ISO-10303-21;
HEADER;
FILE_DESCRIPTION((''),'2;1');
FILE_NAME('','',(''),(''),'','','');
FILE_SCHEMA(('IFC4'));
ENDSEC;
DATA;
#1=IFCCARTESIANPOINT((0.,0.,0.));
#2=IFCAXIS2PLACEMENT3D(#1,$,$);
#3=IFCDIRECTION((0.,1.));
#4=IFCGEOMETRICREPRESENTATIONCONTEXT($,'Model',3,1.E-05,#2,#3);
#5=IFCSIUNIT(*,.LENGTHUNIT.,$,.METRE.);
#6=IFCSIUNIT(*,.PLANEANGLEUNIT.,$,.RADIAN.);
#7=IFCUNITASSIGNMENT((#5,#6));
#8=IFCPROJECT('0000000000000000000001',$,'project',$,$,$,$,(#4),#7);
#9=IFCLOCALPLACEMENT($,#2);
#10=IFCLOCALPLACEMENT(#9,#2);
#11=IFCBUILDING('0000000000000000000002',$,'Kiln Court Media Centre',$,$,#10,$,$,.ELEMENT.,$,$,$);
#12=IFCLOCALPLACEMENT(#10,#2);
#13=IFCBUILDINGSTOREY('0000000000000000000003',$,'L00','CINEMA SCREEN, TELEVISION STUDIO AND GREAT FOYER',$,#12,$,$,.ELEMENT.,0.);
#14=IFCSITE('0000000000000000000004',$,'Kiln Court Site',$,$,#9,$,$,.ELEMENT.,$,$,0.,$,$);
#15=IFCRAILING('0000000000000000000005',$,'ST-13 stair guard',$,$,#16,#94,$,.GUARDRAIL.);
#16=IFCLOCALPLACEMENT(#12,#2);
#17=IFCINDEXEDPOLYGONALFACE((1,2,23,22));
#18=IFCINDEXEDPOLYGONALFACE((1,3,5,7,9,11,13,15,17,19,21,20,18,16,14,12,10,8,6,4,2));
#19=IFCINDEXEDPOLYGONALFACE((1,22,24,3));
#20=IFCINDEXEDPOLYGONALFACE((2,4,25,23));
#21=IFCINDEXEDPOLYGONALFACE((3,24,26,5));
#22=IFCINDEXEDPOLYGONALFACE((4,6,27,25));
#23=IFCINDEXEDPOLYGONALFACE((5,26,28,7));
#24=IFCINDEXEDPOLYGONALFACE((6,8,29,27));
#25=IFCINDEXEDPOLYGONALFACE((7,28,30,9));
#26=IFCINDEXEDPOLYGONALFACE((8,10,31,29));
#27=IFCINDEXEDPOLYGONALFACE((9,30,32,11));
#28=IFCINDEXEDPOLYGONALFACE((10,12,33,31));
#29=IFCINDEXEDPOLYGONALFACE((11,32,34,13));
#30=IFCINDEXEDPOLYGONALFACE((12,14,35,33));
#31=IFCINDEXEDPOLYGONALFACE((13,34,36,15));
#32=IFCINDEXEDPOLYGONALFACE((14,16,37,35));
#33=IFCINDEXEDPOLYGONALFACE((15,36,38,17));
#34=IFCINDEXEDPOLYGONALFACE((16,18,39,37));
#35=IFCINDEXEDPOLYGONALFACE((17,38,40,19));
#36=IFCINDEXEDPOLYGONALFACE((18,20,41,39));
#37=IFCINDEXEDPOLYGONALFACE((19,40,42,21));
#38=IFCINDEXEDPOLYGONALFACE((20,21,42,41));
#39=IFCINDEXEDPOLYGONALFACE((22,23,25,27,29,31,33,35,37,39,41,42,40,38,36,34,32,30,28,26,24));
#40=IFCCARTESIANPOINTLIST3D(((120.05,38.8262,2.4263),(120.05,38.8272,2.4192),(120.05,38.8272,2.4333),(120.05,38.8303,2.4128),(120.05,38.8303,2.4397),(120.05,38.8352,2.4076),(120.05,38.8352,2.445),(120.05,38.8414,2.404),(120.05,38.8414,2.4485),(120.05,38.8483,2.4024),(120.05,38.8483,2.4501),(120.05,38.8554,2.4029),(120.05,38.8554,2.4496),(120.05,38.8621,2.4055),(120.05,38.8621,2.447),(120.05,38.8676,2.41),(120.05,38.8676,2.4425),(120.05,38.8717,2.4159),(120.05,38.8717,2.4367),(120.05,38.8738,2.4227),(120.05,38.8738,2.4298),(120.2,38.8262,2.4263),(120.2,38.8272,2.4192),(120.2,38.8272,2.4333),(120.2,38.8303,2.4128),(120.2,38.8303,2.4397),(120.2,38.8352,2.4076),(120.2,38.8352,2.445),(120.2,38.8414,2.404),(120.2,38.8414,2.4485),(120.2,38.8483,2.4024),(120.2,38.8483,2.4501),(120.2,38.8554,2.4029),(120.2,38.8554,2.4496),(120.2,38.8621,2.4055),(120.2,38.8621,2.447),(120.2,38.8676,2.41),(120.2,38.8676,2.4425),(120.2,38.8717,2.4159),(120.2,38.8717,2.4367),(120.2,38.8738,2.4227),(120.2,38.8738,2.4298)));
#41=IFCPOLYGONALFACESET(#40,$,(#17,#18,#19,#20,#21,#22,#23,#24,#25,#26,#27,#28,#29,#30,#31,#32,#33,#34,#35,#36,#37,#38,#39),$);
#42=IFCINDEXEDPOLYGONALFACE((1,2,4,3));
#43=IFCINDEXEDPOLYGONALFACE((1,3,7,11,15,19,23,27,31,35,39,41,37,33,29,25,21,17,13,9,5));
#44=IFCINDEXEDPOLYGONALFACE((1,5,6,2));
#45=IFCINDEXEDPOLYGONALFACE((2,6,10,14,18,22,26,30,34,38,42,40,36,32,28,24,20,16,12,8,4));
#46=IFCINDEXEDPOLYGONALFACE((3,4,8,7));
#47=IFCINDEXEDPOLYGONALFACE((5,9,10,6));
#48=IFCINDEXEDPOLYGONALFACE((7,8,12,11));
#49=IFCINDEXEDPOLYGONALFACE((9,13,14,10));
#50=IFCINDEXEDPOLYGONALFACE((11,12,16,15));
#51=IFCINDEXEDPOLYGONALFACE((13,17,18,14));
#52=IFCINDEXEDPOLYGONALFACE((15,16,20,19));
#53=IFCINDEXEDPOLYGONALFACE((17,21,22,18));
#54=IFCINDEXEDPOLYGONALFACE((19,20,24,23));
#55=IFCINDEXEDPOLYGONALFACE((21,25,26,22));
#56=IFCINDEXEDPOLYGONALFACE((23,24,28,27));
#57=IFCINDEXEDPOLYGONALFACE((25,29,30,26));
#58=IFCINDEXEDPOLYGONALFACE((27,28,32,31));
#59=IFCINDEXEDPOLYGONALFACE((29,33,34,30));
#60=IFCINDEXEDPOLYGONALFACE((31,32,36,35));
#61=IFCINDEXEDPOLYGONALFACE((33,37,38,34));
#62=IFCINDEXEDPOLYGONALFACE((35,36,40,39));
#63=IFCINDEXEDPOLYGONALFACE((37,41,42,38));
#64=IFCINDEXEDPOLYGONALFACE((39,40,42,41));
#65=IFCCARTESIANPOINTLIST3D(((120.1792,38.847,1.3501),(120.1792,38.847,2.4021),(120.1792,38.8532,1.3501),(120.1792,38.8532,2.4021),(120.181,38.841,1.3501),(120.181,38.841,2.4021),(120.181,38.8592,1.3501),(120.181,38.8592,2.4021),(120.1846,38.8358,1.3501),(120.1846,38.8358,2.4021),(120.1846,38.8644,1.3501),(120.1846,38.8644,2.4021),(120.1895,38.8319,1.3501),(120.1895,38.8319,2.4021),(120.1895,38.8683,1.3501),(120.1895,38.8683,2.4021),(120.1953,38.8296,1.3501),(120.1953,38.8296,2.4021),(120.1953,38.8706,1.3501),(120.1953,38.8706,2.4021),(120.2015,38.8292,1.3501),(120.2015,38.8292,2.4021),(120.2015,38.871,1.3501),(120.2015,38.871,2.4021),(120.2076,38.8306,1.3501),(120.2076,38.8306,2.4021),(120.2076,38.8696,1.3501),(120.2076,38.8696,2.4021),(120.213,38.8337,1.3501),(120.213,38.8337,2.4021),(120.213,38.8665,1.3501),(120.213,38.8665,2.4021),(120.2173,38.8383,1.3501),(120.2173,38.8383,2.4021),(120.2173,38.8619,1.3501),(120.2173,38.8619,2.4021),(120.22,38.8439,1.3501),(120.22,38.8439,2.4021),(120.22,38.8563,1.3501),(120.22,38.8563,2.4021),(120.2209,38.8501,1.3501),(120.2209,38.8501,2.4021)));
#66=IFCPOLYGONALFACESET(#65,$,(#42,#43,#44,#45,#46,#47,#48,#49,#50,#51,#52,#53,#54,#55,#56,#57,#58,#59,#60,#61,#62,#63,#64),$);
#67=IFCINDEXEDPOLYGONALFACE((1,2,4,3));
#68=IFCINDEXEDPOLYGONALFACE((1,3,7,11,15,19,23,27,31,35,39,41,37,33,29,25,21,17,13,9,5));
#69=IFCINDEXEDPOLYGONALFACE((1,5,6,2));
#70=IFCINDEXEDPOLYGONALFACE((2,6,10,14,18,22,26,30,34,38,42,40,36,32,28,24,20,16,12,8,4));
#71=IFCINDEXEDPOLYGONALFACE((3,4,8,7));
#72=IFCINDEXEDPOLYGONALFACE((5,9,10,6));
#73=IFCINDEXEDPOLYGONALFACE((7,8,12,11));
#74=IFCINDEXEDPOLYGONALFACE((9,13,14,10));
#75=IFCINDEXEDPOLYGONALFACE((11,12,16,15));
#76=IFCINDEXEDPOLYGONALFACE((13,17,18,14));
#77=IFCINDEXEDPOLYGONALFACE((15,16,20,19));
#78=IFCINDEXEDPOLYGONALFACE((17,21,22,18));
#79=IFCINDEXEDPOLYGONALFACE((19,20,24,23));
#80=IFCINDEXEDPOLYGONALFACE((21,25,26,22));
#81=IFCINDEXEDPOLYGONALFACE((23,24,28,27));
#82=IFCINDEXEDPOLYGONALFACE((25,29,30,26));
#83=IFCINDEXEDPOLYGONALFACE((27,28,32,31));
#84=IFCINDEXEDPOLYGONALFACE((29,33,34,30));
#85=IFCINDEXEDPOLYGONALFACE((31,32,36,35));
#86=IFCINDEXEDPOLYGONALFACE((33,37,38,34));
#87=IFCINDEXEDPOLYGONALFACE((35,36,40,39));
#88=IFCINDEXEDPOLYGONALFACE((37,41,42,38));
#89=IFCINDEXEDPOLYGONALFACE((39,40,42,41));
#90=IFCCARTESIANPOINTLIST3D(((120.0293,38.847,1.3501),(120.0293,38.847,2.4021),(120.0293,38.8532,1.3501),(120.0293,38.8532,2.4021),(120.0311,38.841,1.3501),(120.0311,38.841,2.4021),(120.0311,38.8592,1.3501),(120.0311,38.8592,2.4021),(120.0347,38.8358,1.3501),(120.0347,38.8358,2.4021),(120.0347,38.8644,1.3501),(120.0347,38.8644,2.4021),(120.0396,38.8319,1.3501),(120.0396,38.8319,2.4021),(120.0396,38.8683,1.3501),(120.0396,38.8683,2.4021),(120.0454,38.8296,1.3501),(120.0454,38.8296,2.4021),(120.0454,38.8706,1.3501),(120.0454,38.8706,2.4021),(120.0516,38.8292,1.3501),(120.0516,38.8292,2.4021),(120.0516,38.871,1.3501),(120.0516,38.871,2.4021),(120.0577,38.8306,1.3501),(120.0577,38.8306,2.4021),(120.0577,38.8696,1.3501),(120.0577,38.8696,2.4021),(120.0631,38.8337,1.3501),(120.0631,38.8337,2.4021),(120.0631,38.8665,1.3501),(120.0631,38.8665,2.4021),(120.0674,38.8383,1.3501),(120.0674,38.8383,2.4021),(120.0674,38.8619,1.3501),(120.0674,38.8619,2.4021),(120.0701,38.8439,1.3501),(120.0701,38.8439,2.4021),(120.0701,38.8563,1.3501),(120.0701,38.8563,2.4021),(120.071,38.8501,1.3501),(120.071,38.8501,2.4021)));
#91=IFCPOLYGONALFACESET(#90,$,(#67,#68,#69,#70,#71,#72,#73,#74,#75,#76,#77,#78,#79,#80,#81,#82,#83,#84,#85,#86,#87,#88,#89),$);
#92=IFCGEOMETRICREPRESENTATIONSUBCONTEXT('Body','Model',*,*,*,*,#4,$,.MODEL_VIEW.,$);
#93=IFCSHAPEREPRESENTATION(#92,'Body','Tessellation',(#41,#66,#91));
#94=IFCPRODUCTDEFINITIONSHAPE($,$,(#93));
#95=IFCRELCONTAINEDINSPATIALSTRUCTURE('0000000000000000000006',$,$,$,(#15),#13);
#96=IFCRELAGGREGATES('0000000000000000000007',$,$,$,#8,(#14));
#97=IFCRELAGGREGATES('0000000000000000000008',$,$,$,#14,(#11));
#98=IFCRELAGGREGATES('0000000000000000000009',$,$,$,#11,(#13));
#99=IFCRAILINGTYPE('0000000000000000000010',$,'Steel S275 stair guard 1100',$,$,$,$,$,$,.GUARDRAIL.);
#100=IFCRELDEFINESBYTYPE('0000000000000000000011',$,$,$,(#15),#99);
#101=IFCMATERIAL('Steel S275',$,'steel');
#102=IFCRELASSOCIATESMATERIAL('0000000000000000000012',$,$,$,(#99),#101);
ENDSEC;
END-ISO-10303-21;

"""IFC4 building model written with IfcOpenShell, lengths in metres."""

from ifc_helpers import new_model, si_unit, direction, frame, origin, origin_2d, place, context, subcontext, project, spatial, circle, extrude, material, type_object, element, save


model = new_model("IFC4")

# Units and contexts
model_context = context("Model", 3, precision=1e-05, world=origin(), true_north=direction((0.0, 1.0)))
body_context = subcontext(model_context, "Body", "Model", "MODEL_VIEW")
ifc_project = project(units=[si_unit("LENGTHUNIT", "METRE"), si_unit("PLANEANGLEUNIT", "RADIAN")], contexts=[model_context])

# Site, building, storey
site_placement = place(None, origin())
site = spatial("IfcSite", under=ifc_project, at=site_placement, Name="Kiln Court Site", CompositionType="ELEMENT", RefElevation=0.0)
building_placement = place(site_placement, origin())
building = spatial("IfcBuilding", under=site, at=building_placement, Name="Kiln Court Media Centre", CompositionType="ELEMENT")
storey_placement = place(building_placement, origin())
storey = spatial("IfcBuildingStorey", under=building, at=storey_placement, Name="L00", Description="CINEMA SCREEN, TELEVISION STUDIO AND GREAT FOYER", CompositionType="ELEMENT", Elevation=0.0)

# Railing
ifc_material_1 = material(Name="Steel S275", Category="steel")
railing_type_1 = type_object("IfcRailingType", Name="Steel S275 stair guard 1100", PredefinedType="GUARDRAIL", material=ifc_material_1)
railing_1_placement = place(storey_placement, frame((120.2, 38.8501, 1.3501)))
element("IfcRailing", 1, at=railing_1_placement, inside=storey, type_object=railing_type_1, Name="ST-13 stair guard", PredefinedType="GUARDRAIL", context=body_context, shape_type="SweptSolid", body=[
    extrude(circle(Radius=0.0239, at=origin_2d()), frame((0.0, 0.0, 1.0762), z_axis=(-1.0, 0.0, 0.0), x_axis=(0.0, -1.0, 0.0)), (0.0, 0.0, 1.0), 0.1499),
    extrude(circle(Radius=0.021, at=origin_2d()), origin(), (0.0, 0.0, 1.0), 1.052),
    extrude(circle(Radius=0.021, at=origin_2d()), frame((-0.1499, 0.0, 0.0)), (0.0, 0.0, 1.0), 1.052),
])

save(model, "model.ifc")
